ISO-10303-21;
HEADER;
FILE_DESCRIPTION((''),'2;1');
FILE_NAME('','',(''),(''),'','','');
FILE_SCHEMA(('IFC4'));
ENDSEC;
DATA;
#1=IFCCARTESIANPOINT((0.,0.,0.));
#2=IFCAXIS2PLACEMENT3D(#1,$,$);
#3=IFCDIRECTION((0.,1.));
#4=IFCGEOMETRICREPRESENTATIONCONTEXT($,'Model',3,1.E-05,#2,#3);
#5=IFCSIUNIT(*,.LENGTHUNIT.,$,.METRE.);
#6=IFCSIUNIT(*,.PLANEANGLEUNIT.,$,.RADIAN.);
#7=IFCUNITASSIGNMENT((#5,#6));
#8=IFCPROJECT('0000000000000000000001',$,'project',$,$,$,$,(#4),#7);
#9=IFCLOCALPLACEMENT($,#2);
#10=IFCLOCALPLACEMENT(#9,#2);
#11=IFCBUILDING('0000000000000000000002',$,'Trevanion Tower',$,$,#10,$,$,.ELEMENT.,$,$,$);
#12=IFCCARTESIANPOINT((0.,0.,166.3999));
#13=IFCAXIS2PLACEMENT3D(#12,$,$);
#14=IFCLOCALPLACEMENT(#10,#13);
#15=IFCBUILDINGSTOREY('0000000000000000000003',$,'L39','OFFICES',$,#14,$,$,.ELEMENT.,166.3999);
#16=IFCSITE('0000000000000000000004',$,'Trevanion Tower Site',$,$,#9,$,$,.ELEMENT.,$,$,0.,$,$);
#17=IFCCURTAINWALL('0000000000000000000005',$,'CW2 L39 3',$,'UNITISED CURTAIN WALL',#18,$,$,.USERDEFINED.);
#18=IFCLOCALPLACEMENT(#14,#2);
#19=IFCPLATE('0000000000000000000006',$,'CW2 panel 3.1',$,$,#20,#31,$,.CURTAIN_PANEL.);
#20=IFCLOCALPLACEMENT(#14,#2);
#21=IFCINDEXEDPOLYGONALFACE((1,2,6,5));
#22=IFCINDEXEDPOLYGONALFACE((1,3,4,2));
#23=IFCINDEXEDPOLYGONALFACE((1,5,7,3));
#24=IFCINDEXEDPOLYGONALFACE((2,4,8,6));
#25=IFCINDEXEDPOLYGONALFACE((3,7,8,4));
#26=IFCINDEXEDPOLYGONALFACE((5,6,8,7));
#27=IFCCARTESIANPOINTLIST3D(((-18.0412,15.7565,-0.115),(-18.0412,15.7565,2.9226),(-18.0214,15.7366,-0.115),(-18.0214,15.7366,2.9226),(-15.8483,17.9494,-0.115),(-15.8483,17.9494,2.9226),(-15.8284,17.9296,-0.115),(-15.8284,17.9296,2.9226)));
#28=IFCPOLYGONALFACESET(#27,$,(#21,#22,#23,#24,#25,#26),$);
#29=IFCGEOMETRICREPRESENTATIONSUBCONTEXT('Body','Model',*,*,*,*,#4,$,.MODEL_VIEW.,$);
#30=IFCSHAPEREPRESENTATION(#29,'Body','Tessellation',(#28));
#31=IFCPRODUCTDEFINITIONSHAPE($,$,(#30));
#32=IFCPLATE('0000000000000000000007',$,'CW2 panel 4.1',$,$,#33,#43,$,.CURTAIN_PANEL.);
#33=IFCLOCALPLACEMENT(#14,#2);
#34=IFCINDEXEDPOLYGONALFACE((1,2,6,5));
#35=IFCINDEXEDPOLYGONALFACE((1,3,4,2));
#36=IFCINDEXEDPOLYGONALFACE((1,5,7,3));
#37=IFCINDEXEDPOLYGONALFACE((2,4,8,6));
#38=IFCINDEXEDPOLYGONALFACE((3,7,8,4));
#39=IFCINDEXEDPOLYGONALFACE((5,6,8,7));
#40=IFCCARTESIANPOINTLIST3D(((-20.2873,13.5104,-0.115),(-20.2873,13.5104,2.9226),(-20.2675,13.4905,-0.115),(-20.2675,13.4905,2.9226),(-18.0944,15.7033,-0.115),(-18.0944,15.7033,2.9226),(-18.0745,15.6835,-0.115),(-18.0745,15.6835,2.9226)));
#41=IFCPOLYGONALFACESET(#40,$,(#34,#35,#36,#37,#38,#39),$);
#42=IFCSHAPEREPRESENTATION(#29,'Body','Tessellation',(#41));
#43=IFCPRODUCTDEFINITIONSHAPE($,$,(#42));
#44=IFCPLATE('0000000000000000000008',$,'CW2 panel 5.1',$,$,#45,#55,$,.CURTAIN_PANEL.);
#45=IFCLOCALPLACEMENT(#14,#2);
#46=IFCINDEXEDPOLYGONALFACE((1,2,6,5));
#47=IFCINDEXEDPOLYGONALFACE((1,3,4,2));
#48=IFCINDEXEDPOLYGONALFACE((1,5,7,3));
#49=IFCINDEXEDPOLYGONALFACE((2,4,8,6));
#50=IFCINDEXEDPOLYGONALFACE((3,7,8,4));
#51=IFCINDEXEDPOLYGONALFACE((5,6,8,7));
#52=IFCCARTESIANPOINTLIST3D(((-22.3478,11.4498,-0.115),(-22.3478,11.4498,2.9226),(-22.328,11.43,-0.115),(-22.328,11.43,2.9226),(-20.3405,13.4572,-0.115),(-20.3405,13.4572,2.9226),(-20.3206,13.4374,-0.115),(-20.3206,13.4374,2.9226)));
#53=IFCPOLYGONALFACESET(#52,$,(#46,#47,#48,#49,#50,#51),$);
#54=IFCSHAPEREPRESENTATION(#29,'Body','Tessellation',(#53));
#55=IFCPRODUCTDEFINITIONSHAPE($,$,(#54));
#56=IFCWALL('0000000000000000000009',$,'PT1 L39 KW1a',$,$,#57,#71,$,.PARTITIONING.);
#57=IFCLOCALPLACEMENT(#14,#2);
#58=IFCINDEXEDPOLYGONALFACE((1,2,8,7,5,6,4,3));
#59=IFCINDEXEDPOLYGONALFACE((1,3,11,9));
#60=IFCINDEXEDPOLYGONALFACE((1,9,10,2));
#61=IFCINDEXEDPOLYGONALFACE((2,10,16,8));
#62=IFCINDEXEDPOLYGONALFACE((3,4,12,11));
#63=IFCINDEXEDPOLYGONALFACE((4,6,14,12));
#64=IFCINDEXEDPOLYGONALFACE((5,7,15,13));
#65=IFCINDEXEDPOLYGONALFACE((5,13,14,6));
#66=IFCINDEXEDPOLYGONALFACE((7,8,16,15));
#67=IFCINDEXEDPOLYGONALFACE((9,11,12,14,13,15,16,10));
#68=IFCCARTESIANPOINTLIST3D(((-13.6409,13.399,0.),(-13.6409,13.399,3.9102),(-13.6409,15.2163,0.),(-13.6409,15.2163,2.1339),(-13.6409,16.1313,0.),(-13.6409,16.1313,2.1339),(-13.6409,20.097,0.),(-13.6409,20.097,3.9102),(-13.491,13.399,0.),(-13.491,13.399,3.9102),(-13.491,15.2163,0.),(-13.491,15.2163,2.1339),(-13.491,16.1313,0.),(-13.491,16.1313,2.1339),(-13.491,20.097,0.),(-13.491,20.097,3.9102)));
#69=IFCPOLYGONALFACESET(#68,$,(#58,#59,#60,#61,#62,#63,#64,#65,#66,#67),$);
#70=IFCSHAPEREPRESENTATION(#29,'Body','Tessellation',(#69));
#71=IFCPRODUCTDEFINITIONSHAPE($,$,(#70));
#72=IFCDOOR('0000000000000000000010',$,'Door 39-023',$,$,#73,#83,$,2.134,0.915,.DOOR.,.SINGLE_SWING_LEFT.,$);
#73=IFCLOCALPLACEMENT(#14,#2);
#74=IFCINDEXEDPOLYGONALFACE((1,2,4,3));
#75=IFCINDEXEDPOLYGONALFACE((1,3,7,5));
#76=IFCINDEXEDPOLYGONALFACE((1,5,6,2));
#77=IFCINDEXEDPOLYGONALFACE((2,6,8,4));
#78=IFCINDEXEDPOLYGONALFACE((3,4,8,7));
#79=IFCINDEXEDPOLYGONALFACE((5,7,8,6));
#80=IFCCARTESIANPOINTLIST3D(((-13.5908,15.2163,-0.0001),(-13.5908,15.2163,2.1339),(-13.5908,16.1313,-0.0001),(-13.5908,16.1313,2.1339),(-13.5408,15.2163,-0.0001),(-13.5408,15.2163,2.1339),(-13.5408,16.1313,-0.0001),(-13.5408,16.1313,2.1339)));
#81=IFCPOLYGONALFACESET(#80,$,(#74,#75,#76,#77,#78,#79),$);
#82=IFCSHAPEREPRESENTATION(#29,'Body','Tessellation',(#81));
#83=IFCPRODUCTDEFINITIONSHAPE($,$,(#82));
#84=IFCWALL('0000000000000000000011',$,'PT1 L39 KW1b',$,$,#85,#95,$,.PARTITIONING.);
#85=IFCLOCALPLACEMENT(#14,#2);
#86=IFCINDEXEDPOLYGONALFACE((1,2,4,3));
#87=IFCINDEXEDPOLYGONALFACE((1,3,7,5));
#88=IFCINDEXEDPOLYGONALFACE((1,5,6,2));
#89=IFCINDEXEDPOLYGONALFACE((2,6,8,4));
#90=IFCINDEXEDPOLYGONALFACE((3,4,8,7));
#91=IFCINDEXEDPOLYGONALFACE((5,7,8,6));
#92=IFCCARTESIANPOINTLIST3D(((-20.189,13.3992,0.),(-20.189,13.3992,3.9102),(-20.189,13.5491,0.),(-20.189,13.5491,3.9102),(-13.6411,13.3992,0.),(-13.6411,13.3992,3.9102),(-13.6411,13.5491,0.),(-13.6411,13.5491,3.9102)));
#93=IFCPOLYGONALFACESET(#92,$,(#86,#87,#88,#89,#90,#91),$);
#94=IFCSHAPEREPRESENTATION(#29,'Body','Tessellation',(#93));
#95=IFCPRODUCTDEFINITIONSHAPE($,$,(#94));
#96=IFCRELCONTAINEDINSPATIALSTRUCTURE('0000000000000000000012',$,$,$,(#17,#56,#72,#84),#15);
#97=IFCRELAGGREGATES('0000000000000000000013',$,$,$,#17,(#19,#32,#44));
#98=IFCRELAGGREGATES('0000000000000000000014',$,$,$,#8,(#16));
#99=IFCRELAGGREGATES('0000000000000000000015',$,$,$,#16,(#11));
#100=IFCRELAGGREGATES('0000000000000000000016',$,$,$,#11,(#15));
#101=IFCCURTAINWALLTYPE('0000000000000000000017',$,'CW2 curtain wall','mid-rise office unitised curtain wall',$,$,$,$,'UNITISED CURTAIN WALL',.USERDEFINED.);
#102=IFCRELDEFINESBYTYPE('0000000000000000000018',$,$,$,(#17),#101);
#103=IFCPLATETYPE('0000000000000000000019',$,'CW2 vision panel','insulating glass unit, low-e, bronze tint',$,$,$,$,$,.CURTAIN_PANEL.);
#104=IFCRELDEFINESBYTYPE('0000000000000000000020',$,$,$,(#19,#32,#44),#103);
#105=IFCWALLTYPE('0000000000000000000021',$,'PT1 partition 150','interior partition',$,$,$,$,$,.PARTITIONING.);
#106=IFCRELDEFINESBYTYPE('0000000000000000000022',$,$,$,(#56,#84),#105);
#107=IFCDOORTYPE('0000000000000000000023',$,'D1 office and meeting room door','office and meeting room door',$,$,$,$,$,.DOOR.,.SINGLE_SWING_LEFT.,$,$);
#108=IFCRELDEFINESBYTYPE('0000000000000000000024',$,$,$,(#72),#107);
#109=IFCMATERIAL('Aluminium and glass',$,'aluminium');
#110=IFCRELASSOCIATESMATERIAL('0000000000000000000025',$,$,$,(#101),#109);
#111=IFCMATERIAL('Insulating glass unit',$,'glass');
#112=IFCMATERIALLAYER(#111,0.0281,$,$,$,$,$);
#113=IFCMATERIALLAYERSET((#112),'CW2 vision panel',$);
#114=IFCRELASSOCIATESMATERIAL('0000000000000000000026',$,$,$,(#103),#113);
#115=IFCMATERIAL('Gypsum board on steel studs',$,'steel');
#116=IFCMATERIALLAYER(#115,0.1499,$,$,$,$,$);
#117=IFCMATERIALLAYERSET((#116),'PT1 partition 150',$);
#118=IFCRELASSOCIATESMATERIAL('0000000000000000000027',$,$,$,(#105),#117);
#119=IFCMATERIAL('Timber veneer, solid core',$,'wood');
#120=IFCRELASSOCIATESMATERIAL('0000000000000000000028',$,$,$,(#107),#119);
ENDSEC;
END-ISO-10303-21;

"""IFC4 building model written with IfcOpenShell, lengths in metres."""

from ifc_helpers import new_model, si_unit, direction, frame, frame_2d, origin, origin_2d, place, context, subcontext, project, spatial, rectangle, extrude, material, layer, layer_set, type_object, element, fill, aggregate, save


model = new_model("IFC4")

# Units and contexts
model_context = context("Model", 3, precision=1e-05, world=origin(), true_north=direction((0.0, 1.0)))
body_context = subcontext(model_context, "Body", "Model", "MODEL_VIEW")
ifc_project = project(units=[si_unit("LENGTHUNIT", "METRE"), si_unit("PLANEANGLEUNIT", "RADIAN")], contexts=[model_context])

# Site, building, storey
site_placement = place(None, origin())
site = spatial("IfcSite", under=ifc_project, at=site_placement, Name="Trevanion Tower Site", CompositionType="ELEMENT", RefElevation=0.0)
building_placement = place(site_placement, origin())
building = spatial("IfcBuilding", under=site, at=building_placement, Name="Trevanion Tower", CompositionType="ELEMENT")
storey_placement = place(building_placement, frame((0.0, 0.0, 166.3999)))
storey = spatial("IfcBuildingStorey", under=building, at=storey_placement, Name="L39", Description="OFFICES", CompositionType="ELEMENT", Elevation=166.3999)

# Curtain wall
ifc_material_1 = material(Name="Aluminium and glass", Category="aluminium")
curtain_wall_type = type_object("IfcCurtainWallType", Name="CW2 curtain wall", Description="mid-rise office unitised curtain wall", ElementType="UNITISED CURTAIN WALL", PredefinedType="USERDEFINED", material=ifc_material_1)
curtain_wall_1_placement = place(storey_placement, origin())
curtain_wall_1 = element("IfcCurtainWall", 1, at=curtain_wall_1_placement, inside=storey, type_object=curtain_wall_type, Name="CW2 L39 3", ObjectType="UNITISED CURTAIN WALL", PredefinedType="USERDEFINED")

# Plates
ifc_material_2 = material(Name="Insulating glass unit", Category="glass")
ifc_layer_1 = layer(ifc_material_2, 0.0281)
ifc_layer_set_1 = layer_set([ifc_layer_1], Name="CW2 vision panel")
plate_type_1 = type_object("IfcPlateType", Name="CW2 vision panel", Description="insulating glass unit, low-e, bronze tint", PredefinedType="CURTAIN_PANEL", material=ifc_layer_set_1)
plate_1_placement = place(storey_placement, frame((-16.9348, 16.843, -0.115), z_axis=(0.0, 0.0, 1.0), x_axis=(-0.707107, -0.707107, 0.0)))
plate_1 = element("IfcPlate", 2, at=plate_1_placement, type_object=plate_type_1, Name="CW2 panel 3.1", PredefinedType="CURTAIN_PANEL", context=body_context, shape_type="SweptSolid", body=[
    extrude(rectangle(XDim=3.1013, YDim=0.0281, at=origin_2d()), origin(), (0.0, 0.0, 1.0), 3.0376),
])
plate_2_placement = place(storey_placement, frame((-19.1809, 14.5969, -0.115), z_axis=(0.0, 0.0, 1.0), x_axis=(-0.707107, -0.707107, 0.0)))
plate_2 = element("IfcPlate", 3, at=plate_2_placement, type_object=plate_type_1, Name="CW2 panel 4.1", PredefinedType="CURTAIN_PANEL", context=body_context, shape_type="SweptSolid", body=[
    extrude(rectangle(XDim=3.1013, YDim=0.0281, at=origin_2d()), origin(), (0.0, 0.0, 1.0), 3.0376),
])
plate_3_placement = place(storey_placement, frame((-21.3342, 12.4436, -0.115), z_axis=(0.0, 0.0, 1.0), x_axis=(-0.707107, -0.707107, 0.0)))
plate_3 = element("IfcPlate", 4, at=plate_3_placement, type_object=plate_type_1, Name="CW2 panel 5.1", PredefinedType="CURTAIN_PANEL", context=body_context, shape_type="SweptSolid", body=[
    extrude(rectangle(XDim=2.8389, YDim=0.0281, at=origin_2d()), origin(), (0.0, 0.0, 1.0), 3.0376),
])
aggregate(curtain_wall_1, [plate_1, plate_2, plate_3])

# Wall, opening, door
ifc_material_3 = material(Name="Gypsum board on steel studs", Category="steel")
ifc_layer_2 = layer(ifc_material_3, 0.1499)
ifc_layer_set_2 = layer_set([ifc_layer_2], Name="PT1 partition 150")
wall_type = type_object("IfcWallType", Name="PT1 partition 150", Description="interior partition", PredefinedType="PARTITIONING", material=ifc_layer_set_2)
wall_1_placement = place(storey_placement, frame((-13.5659, 13.3989, 0.0), z_axis=(0.0, 0.0, 1.0), x_axis=(0.0, 1.0, 0.0)))
wall_1 = element("IfcWall", 5, at=wall_1_placement, inside=storey, type_object=wall_type, Name="PT1 L39 KW1a", PredefinedType="PARTITIONING", context=body_context, shape_type="SweptSolid", body=[
    extrude(rectangle(XDim=6.698, YDim=0.1499, at=frame_2d((3.3491, 0.0))), origin(), (0.0, 0.0, 1.0), 3.9102),
])
opening_placement = place(wall_1_placement, frame((1.8174, 0.0, 0.0)))
opening = element("IfcOpeningElement", 6, at=opening_placement, cuts=wall_1, PredefinedType="OPENING", context=body_context, shape_type="SweptSolid", body=[
    extrude(rectangle(XDim=0.915, YDim=2.134, at=frame_2d((0.4575, 1.0669))), frame((0.0, 0.085, 0.0), z_axis=(0.0, -1.0, 0.0), x_axis=(1.0, 0.0, 0.0)), (0.0, 0.0, 1.0), 0.1699),
])
ifc_material_4 = material(Name="Timber veneer, solid core", Category="wood")
door_type = type_object("IfcDoorType", Name="D1 office and meeting room door", Description="office and meeting room door", OperationType="SINGLE_SWING_LEFT", PredefinedType="DOOR", material=ifc_material_4)
door_placement = place(opening_placement, origin())
door = element("IfcDoor", 7, at=door_placement, inside=storey, type_object=door_type, Name="Door 39-023", OperationType="SINGLE_SWING_LEFT", OverallHeight=2.134, OverallWidth=0.915, PredefinedType="DOOR", context=body_context, shape_type="SweptSolid", body=[
    extrude(rectangle(XDim=0.915, YDim=2.134, at=frame_2d((0.4575, 1.0669))), frame((0.0, 0.0249, 0.0), z_axis=(0.0, -1.0, 0.0), x_axis=(1.0, 0.0, 0.0)), (0.0, 0.0, 1.0), 0.05),
])
fill(opening, door)

# Wall
wall_2_placement = place(storey_placement, frame((-13.6411, 13.4741, 0.0), z_axis=(0.0, 0.0, 1.0), x_axis=(-1.0, 0.0, 0.0)))
element("IfcWall", 8, at=wall_2_placement, inside=storey, type_object=wall_type, Name="PT1 L39 KW1b", PredefinedType="PARTITIONING", context=body_context, shape_type="SweptSolid", body=[
    extrude(rectangle(XDim=6.5479, YDim=0.1499, at=frame_2d((3.2739, 0.0))), origin(), (0.0, 0.0, 1.0), 3.9102),
])

save(model, "model.ifc")
